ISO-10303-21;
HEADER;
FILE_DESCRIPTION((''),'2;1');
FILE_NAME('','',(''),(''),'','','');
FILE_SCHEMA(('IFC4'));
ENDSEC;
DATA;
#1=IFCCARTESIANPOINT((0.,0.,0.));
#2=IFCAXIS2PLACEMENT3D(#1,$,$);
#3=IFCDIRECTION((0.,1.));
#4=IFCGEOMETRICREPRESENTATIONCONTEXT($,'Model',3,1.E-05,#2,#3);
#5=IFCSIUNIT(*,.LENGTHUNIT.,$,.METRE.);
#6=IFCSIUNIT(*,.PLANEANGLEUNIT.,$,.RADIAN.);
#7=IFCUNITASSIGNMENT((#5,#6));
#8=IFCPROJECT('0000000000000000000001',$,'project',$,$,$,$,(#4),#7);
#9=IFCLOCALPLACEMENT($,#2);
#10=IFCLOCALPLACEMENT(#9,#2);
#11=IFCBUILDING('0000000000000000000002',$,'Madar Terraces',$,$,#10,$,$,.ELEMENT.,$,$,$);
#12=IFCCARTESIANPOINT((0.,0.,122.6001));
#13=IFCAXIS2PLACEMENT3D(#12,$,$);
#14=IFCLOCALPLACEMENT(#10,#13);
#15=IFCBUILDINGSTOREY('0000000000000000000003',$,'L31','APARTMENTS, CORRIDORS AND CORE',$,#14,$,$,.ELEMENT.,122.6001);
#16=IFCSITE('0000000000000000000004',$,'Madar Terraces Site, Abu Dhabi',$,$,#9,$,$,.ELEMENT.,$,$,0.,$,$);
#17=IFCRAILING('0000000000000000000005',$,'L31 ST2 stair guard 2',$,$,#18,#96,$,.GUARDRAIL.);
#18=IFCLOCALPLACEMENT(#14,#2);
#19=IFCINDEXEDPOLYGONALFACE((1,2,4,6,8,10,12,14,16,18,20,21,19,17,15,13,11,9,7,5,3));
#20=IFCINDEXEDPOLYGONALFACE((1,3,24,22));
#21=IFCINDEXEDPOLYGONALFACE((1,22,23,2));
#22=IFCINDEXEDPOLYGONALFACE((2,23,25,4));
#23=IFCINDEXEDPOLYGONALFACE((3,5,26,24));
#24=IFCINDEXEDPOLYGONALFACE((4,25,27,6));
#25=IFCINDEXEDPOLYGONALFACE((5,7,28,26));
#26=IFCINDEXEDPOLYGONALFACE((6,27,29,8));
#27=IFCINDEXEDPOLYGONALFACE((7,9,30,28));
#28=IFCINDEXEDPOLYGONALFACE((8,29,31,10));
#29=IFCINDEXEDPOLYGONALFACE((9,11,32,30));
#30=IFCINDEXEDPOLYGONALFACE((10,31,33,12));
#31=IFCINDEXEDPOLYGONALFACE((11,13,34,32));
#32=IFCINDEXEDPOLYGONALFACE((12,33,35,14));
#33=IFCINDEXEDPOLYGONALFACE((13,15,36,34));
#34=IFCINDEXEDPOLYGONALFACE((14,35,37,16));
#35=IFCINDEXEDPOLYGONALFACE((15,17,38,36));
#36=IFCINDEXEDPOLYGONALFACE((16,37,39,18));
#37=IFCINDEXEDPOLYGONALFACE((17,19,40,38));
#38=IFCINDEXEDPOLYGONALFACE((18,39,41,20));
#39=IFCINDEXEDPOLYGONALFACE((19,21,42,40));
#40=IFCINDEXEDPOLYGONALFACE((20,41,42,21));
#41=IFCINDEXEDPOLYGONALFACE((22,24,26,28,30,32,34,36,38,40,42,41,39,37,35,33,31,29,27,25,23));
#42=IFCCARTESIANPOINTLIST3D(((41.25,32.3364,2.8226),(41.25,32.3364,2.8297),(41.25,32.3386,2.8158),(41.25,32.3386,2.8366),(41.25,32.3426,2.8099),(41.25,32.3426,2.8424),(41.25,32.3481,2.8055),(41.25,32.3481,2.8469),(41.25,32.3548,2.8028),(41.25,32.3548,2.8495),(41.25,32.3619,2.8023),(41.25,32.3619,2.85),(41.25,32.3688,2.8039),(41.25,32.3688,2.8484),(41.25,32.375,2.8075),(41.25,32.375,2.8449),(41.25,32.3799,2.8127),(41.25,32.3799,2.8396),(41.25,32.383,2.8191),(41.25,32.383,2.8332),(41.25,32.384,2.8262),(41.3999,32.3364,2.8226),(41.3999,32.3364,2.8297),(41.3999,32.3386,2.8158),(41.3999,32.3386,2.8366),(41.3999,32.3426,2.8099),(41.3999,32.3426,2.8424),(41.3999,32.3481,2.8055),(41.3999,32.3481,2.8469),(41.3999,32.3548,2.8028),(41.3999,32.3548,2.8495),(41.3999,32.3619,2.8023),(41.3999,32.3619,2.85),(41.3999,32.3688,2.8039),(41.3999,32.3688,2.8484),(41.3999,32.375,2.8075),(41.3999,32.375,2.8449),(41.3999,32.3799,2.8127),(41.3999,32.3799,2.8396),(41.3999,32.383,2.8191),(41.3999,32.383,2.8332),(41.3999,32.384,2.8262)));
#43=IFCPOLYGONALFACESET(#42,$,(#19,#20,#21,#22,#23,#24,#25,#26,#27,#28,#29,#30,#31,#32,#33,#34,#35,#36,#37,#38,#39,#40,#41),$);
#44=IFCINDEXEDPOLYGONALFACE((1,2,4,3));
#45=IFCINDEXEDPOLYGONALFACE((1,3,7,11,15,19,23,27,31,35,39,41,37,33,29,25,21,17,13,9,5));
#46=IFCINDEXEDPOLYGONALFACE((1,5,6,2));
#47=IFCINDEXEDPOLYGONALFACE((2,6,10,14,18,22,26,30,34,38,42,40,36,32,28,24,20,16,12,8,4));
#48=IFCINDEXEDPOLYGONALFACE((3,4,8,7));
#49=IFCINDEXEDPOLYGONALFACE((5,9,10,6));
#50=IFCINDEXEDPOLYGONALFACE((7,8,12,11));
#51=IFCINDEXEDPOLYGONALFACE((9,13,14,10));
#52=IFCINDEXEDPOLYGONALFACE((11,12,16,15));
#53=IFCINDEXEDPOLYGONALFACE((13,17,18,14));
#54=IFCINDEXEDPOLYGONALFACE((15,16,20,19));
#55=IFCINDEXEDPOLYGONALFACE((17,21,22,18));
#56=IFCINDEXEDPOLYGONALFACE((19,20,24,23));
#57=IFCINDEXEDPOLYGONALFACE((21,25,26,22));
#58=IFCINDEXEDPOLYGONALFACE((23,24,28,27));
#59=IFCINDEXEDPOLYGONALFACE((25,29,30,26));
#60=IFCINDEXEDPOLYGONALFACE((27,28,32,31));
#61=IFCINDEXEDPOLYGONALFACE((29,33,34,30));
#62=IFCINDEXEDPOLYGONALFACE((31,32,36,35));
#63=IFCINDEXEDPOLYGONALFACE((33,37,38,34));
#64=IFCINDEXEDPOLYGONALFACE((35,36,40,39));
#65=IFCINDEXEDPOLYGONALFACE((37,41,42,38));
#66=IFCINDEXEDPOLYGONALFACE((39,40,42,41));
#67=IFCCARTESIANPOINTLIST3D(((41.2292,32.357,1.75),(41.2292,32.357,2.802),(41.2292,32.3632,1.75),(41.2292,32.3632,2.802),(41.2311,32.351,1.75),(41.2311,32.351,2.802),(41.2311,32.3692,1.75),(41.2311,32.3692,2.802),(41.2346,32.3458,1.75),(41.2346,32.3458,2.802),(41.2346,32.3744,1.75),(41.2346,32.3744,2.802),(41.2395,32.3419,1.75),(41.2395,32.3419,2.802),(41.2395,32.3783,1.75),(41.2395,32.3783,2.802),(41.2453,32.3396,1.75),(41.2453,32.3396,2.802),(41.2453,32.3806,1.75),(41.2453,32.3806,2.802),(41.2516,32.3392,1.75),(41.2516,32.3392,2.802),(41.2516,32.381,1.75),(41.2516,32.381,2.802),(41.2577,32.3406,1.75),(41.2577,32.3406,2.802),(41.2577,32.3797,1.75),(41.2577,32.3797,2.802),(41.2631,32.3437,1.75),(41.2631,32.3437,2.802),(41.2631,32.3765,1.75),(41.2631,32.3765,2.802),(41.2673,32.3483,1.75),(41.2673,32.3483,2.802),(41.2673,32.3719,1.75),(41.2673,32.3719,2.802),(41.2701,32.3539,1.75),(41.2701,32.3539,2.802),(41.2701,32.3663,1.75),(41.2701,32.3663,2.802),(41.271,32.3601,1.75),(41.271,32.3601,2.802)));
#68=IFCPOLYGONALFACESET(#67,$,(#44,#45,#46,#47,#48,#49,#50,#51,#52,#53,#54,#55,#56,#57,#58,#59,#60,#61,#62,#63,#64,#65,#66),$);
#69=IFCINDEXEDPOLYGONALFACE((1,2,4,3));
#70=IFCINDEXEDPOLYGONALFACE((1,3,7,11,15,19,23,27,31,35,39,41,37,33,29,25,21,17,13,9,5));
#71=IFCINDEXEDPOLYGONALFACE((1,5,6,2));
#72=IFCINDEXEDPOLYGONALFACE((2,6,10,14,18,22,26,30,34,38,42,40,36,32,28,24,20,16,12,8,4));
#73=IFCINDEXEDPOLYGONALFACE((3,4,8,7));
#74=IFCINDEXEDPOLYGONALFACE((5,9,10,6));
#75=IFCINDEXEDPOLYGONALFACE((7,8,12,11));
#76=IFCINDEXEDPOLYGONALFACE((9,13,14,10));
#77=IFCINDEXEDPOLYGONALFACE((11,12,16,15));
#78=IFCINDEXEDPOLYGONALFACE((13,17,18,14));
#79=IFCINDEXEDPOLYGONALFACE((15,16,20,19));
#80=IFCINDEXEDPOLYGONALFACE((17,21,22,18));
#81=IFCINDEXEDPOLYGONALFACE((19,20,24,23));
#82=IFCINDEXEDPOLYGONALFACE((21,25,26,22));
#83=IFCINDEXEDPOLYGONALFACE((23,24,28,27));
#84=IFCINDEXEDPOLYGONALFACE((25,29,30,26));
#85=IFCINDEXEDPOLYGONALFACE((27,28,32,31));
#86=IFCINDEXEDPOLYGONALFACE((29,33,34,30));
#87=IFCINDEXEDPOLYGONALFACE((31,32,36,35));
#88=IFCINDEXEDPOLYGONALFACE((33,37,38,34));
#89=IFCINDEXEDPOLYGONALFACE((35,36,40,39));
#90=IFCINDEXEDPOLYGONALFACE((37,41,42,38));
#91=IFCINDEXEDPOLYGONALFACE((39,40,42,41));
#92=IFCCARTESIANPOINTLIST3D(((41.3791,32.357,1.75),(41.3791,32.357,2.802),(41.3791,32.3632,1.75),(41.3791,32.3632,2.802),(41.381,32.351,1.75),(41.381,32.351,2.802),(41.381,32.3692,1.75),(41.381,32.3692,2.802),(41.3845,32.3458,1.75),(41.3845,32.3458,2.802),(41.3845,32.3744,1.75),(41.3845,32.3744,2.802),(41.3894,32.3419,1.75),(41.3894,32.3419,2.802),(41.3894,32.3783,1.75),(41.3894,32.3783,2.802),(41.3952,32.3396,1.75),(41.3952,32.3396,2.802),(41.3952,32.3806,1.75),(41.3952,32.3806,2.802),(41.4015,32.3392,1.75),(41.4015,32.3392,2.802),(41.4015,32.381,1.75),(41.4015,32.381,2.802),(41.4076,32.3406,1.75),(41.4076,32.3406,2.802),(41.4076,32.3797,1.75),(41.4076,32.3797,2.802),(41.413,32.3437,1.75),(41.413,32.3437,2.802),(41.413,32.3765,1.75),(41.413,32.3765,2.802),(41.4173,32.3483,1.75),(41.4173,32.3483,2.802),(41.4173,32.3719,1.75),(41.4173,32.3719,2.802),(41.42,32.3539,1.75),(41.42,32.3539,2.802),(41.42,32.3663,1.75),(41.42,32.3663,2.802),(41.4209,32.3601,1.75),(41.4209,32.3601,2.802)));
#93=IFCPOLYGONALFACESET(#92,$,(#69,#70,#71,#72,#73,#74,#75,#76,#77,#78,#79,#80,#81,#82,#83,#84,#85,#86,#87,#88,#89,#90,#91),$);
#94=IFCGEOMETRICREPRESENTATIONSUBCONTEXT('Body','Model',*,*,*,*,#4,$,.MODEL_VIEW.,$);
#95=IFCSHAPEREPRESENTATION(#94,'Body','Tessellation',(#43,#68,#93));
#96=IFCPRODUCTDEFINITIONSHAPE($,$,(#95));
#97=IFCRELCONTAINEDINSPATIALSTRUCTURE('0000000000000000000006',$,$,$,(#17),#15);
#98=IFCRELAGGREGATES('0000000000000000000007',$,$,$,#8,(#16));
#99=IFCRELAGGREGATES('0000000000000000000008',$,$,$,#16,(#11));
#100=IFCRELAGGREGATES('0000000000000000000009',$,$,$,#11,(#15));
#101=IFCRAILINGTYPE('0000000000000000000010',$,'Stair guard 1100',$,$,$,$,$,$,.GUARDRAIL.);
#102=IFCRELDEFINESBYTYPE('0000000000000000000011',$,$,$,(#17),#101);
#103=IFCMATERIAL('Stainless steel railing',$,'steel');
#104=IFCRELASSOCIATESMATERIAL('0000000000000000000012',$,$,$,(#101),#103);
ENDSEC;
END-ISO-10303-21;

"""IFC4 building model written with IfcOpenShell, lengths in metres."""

from ifc_helpers import new_model, si_unit, direction, frame, origin, origin_2d, place, context, subcontext, project, spatial, circle, extrude, material, type_object, element, save


model = new_model("IFC4")

# Units and contexts
model_context = context("Model", 3, precision=1e-05, world=origin(), true_north=direction((0.0, 1.0)))
body_context = subcontext(model_context, "Body", "Model", "MODEL_VIEW")
ifc_project = project(units=[si_unit("LENGTHUNIT", "METRE"), si_unit("PLANEANGLEUNIT", "RADIAN")], contexts=[model_context])

# Site, building, storey
site_placement = place(None, origin())
site = spatial("IfcSite", under=ifc_project, at=site_placement, Name="Madar Terraces Site, Abu Dhabi", CompositionType="ELEMENT", RefElevation=0.0)
building_placement = place(site_placement, origin())
building = spatial("IfcBuilding", under=site, at=building_placement, Name="Madar Terraces", CompositionType="ELEMENT")
storey_placement = place(building_placement, frame((0.0, 0.0, 122.6001)))
storey = spatial("IfcBuildingStorey", under=building, at=storey_placement, Name="L31", Description="APARTMENTS, CORRIDORS AND CORE", CompositionType="ELEMENT", Elevation=122.6001)

# Railing
ifc_material_1 = material(Name="Stainless steel railing", Category="steel")
railing_type_1 = type_object("IfcRailingType", Name="Stair guard 1100", PredefinedType="GUARDRAIL", material=ifc_material_1)
railing_1_placement = place(storey_placement, frame((41.25, 32.3601, 1.75)))
element("IfcRailing", 1, at=railing_1_placement, inside=storey, type_object=railing_type_1, Name="L31 ST2 stair guard 2", PredefinedType="GUARDRAIL", context=body_context, shape_type="SweptSolid", body=[
    extrude(circle(Radius=0.0239, at=origin_2d()), frame((0.0, 0.0, 1.0762), z_axis=(1.0, 0.0, 0.0), x_axis=(0.0, 1.0, 0.0)), (0.0, 0.0, 1.0), 0.1499),
    extrude(circle(Radius=0.021, at=origin_2d()), origin(), (0.0, 0.0, 1.0), 1.052),
    extrude(circle(Radius=0.021, at=origin_2d()), frame((0.1499, 0.0, 0.0)), (0.0, 0.0, 1.0), 1.052),
])

save(model, "model.ifc")
